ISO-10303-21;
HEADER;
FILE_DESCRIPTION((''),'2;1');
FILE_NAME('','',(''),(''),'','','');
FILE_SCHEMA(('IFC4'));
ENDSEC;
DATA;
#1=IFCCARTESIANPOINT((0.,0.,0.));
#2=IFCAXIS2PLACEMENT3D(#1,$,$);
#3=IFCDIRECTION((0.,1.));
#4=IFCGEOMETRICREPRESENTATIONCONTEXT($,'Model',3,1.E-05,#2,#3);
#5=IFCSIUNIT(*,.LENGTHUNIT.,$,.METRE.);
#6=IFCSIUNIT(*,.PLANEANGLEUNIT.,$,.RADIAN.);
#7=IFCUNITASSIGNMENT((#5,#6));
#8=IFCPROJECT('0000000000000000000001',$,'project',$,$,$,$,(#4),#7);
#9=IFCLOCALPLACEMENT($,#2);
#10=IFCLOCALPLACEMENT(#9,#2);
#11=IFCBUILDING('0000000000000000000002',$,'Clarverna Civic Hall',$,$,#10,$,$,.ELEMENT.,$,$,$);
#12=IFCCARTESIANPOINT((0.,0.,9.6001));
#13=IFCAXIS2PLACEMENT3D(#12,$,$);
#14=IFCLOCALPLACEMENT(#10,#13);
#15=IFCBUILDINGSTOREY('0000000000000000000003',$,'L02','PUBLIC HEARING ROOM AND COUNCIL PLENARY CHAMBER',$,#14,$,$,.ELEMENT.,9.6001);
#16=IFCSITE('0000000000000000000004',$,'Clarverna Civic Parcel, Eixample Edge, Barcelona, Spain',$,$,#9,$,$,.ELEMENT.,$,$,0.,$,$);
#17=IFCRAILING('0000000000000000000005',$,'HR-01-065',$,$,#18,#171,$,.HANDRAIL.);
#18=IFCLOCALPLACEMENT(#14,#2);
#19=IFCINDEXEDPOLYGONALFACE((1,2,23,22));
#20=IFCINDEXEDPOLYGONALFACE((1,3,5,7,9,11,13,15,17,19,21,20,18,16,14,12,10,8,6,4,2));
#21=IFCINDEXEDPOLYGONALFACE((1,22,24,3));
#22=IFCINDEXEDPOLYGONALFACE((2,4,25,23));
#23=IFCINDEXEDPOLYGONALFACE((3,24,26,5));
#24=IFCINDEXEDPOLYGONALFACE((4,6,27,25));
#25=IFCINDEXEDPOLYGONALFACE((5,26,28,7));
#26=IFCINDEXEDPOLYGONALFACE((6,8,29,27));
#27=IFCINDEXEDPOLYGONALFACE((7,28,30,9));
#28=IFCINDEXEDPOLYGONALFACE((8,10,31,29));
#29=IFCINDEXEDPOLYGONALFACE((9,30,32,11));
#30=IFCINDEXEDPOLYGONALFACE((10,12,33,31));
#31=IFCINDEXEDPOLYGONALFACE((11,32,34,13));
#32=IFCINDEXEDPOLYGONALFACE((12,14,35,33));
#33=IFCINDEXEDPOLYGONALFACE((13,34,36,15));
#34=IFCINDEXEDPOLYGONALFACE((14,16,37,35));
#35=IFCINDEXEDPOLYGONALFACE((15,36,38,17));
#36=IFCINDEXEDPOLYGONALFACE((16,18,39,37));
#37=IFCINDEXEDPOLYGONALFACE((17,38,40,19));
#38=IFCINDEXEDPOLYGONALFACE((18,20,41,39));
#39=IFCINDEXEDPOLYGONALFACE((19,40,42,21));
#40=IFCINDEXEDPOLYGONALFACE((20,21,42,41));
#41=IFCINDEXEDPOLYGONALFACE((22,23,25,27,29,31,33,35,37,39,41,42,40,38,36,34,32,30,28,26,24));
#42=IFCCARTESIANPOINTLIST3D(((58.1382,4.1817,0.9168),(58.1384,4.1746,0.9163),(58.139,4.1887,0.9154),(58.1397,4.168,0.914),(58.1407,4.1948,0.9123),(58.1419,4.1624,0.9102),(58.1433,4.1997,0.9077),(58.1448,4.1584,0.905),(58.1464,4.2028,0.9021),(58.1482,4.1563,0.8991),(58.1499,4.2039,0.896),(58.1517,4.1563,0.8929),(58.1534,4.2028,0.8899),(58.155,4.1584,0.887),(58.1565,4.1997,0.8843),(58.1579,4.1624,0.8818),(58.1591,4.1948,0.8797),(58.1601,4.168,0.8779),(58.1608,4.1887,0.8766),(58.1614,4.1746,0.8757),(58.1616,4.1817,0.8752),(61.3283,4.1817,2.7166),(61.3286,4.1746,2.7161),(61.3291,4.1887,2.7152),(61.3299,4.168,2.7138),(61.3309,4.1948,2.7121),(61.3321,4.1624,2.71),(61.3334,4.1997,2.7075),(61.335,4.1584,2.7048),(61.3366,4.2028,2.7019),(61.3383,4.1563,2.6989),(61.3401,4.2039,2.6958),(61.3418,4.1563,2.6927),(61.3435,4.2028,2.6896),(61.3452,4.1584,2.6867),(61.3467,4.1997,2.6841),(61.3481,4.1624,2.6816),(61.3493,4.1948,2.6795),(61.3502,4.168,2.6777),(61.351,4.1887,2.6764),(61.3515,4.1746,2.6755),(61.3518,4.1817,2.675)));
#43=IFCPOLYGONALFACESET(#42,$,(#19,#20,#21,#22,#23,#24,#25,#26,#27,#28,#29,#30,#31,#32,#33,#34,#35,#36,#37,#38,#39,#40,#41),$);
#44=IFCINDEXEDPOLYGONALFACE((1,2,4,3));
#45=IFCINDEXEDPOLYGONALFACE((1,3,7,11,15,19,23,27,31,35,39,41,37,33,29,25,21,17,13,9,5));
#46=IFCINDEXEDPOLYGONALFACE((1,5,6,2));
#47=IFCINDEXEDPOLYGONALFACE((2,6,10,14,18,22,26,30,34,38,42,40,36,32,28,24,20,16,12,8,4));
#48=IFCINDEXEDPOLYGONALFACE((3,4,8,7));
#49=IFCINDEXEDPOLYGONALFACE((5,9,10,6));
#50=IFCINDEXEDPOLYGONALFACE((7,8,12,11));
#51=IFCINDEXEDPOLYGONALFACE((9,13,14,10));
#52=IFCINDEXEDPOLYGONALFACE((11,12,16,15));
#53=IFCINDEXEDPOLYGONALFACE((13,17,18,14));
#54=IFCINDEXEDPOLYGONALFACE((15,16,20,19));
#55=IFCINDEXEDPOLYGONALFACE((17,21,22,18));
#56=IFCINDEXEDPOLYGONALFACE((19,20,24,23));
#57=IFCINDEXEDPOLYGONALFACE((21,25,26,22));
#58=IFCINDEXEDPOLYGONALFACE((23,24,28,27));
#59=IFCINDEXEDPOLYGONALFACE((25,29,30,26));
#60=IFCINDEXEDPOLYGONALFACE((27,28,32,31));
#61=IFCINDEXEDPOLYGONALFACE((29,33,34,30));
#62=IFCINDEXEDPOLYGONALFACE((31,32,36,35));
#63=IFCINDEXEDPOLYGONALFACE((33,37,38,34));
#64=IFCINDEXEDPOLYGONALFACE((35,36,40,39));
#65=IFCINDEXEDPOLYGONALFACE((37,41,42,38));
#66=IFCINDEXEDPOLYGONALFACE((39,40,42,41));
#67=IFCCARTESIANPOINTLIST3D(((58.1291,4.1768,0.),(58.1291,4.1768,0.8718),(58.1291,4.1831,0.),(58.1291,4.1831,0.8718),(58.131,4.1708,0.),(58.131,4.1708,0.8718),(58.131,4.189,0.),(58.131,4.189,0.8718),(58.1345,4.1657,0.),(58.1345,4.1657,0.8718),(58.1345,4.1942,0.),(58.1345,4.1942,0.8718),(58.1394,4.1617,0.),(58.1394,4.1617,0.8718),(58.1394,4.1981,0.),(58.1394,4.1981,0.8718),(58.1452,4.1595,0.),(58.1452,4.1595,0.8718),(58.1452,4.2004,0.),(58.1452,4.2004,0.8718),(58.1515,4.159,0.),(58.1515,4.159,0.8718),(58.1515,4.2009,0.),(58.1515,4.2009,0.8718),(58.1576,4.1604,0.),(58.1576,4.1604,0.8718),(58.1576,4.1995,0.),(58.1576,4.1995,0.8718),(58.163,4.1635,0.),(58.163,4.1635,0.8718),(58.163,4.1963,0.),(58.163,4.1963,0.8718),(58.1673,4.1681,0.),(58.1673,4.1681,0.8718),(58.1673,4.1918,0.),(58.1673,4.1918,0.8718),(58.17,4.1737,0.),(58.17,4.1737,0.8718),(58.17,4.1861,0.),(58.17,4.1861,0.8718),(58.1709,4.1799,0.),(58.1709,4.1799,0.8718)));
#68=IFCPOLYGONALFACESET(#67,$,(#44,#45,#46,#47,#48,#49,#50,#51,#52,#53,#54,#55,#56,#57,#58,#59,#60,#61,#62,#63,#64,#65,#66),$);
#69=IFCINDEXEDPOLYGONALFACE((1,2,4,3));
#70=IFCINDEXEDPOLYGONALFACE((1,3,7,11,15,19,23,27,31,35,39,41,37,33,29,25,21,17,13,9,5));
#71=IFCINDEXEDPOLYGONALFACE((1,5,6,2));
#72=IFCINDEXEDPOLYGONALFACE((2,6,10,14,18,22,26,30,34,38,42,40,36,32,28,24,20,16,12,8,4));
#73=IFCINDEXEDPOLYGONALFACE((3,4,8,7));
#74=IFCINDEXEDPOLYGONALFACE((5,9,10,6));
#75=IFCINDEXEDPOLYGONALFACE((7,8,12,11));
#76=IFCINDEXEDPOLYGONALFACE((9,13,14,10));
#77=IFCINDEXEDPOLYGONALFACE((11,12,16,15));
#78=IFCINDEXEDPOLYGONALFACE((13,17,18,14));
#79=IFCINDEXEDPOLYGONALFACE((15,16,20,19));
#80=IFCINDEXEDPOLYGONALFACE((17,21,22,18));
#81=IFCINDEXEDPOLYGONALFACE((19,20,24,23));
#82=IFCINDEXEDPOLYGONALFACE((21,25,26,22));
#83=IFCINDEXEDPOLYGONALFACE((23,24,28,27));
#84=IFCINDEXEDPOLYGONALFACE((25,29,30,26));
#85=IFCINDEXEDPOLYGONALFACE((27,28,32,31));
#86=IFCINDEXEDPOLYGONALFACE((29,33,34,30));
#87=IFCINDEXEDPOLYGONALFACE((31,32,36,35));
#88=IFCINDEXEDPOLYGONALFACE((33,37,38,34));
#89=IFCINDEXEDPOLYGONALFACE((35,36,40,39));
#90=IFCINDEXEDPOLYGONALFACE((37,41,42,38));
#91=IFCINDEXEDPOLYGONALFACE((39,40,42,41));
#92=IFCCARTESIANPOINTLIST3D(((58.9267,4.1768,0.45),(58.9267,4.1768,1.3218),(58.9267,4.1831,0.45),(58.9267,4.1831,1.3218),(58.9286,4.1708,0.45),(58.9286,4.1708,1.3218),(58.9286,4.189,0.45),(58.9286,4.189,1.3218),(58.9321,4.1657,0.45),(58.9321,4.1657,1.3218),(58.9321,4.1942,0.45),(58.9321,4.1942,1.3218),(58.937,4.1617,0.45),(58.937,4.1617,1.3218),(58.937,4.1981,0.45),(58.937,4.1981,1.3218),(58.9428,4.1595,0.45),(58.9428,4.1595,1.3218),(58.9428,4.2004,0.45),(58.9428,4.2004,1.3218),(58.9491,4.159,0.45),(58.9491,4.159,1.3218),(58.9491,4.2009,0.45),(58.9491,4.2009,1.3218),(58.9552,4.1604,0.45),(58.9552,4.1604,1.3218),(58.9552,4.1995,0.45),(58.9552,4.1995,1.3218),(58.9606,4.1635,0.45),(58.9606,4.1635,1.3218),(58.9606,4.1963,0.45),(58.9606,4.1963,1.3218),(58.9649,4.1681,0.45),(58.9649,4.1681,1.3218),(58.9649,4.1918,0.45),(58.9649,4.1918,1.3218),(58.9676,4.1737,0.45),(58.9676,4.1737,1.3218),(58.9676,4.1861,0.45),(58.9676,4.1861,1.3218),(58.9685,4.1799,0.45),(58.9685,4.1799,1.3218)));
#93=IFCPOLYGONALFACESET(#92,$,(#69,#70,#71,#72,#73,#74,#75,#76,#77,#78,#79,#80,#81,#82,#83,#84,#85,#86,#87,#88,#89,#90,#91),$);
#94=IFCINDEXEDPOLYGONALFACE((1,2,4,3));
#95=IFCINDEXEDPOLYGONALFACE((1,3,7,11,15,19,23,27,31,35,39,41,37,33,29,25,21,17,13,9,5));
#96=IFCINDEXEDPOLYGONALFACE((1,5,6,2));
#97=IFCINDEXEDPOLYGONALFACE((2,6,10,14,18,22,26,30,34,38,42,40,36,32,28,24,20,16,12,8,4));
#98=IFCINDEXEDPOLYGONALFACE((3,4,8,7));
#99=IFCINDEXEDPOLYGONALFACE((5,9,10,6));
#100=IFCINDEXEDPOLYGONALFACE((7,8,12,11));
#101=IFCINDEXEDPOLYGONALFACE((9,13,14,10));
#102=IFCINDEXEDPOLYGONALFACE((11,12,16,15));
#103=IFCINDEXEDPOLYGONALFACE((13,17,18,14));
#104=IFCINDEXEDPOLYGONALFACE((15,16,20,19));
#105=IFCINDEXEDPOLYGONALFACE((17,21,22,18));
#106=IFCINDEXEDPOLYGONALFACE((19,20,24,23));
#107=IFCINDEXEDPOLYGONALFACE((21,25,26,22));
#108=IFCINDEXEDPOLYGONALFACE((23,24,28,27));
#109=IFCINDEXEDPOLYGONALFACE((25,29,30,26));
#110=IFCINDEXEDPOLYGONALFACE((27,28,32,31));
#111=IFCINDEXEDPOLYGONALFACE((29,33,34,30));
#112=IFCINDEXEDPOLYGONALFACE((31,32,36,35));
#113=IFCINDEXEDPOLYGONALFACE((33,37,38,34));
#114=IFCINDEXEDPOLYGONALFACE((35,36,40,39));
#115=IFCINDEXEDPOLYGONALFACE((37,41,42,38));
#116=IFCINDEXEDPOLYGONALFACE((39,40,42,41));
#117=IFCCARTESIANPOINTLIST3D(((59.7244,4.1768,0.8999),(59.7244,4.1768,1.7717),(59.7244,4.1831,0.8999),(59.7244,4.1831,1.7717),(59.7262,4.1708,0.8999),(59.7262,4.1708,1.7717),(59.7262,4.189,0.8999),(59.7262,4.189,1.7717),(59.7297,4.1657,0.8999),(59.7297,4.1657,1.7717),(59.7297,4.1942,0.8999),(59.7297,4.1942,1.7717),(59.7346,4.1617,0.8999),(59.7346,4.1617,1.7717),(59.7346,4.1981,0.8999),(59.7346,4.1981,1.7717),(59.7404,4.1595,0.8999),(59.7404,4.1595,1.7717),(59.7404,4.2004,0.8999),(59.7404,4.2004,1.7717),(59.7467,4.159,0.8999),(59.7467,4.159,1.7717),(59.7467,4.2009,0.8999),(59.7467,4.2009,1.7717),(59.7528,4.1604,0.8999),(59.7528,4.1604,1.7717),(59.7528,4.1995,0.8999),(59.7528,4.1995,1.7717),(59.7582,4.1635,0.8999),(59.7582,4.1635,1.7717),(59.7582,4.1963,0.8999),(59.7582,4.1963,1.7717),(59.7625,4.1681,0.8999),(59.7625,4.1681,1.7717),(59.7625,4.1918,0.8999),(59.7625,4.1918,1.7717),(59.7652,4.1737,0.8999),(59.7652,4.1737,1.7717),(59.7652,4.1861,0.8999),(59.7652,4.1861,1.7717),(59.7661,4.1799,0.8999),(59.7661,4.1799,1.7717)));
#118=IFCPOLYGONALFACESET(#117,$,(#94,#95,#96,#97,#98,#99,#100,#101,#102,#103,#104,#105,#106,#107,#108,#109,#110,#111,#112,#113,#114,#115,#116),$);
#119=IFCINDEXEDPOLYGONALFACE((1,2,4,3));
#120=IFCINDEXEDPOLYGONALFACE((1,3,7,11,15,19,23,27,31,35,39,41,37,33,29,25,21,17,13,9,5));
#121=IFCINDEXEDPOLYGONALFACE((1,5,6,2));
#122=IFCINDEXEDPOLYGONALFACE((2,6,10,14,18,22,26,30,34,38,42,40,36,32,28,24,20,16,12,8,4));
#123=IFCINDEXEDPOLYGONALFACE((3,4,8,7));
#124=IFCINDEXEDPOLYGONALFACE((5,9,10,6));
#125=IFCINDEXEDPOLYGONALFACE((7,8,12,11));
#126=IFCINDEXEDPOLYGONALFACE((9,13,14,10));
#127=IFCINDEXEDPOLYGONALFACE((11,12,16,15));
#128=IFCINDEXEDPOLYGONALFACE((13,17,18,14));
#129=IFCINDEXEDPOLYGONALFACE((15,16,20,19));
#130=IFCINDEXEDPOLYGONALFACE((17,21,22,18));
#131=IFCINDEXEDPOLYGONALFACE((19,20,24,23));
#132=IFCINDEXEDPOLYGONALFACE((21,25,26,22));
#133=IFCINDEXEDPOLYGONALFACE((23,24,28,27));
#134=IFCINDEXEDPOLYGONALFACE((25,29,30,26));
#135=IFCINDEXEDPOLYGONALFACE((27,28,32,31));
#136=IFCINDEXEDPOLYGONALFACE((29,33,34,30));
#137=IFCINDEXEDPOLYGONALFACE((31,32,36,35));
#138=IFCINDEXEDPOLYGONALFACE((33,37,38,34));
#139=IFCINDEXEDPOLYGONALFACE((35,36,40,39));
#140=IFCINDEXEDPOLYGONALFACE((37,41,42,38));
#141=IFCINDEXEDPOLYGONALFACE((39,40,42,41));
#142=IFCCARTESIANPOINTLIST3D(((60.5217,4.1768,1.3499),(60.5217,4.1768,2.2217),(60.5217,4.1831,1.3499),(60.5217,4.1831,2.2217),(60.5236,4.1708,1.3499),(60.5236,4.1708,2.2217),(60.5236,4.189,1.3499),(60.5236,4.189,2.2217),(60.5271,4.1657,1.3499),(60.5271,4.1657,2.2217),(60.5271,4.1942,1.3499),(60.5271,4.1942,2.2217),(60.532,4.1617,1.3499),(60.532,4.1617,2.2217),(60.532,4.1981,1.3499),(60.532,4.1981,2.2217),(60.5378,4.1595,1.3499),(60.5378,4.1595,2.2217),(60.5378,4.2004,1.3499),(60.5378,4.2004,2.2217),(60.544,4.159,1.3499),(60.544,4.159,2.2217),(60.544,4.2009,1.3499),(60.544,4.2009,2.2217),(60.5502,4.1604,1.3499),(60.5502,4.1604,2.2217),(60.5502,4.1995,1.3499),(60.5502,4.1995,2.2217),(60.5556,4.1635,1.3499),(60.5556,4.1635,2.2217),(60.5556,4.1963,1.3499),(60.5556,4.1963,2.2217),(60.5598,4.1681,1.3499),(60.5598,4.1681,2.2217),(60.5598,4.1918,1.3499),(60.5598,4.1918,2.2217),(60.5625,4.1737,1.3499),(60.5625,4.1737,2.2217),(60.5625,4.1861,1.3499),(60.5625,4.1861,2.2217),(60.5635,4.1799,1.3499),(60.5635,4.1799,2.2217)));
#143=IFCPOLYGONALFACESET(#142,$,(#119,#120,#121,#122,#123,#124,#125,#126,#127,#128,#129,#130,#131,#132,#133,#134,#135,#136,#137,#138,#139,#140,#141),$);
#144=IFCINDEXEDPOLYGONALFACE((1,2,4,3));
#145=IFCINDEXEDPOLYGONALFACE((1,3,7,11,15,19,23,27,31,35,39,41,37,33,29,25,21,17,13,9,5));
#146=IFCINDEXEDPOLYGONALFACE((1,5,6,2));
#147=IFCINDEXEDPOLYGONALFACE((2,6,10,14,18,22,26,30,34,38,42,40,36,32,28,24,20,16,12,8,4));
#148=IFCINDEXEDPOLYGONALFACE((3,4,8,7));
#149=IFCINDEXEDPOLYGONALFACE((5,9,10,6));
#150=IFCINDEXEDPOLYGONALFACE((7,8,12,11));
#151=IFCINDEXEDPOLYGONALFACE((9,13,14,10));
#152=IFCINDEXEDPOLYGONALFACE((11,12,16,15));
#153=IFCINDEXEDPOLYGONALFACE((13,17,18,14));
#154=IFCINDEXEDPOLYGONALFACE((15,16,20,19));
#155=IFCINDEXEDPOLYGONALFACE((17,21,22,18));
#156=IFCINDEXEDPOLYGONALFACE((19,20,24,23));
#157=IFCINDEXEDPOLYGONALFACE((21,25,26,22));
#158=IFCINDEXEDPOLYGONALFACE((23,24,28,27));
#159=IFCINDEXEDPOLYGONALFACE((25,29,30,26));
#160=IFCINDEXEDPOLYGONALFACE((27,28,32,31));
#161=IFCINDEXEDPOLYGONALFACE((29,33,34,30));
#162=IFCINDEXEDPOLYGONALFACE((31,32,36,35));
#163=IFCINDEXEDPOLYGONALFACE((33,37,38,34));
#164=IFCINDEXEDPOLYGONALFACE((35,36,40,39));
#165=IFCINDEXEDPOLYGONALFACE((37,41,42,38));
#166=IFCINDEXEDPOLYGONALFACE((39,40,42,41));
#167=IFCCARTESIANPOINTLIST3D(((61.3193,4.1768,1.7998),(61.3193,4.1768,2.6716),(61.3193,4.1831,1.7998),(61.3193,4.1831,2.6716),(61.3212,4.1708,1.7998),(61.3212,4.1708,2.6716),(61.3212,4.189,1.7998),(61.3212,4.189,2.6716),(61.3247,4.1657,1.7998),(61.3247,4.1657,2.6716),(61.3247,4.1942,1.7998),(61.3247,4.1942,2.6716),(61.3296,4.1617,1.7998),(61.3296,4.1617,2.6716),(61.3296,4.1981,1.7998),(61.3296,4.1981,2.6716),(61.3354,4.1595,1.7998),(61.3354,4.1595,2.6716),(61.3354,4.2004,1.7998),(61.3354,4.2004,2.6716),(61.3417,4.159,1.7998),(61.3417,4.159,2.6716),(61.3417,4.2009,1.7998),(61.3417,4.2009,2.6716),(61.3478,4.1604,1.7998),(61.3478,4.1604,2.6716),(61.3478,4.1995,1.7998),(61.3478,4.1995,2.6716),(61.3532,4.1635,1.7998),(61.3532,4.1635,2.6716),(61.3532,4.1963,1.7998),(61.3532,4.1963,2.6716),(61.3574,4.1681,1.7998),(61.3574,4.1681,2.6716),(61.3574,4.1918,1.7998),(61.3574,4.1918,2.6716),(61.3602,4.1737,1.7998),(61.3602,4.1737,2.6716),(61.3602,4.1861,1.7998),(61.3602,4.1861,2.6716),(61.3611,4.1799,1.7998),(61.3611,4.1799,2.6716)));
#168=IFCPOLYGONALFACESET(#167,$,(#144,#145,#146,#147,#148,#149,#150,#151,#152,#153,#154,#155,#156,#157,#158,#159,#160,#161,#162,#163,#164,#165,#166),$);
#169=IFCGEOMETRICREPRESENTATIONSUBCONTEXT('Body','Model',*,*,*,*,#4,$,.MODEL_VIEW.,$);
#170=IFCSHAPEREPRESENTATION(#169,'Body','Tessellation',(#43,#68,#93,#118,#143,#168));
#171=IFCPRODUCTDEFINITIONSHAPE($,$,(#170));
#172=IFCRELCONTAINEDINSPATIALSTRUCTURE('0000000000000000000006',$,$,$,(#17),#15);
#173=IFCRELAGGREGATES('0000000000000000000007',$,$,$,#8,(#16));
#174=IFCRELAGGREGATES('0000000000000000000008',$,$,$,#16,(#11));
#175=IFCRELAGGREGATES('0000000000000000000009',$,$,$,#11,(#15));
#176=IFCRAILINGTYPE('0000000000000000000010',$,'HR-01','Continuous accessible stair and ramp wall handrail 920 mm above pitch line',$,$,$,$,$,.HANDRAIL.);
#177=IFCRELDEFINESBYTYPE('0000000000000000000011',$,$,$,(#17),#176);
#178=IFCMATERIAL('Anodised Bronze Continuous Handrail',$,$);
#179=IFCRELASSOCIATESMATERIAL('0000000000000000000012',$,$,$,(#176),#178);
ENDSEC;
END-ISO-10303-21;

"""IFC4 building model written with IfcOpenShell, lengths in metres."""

from ifc_helpers import new_model, si_unit, direction, frame, origin, origin_2d, place, context, subcontext, project, spatial, circle, extrude, material, type_object, element, save


model = new_model("IFC4")

# Units and contexts
model_context = context("Model", 3, precision=1e-05, world=origin(), true_north=direction((0.0, 1.0)))
body_context = subcontext(model_context, "Body", "Model", "MODEL_VIEW")
ifc_project = project(units=[si_unit("LENGTHUNIT", "METRE"), si_unit("PLANEANGLEUNIT", "RADIAN")], contexts=[model_context])

# Site, building, storey
site_placement = place(None, origin())
site = spatial("IfcSite", under=ifc_project, at=site_placement, Name="Clarverna Civic Parcel, Eixample Edge, Barcelona, Spain", CompositionType="ELEMENT", RefElevation=0.0)
building_placement = place(site_placement, origin())
building = spatial("IfcBuilding", under=site, at=building_placement, Name="Clarverna Civic Hall", CompositionType="ELEMENT")
storey_placement = place(building_placement, frame((0.0, 0.0, 9.6001)))
storey = spatial("IfcBuildingStorey", under=building, at=storey_placement, Name="L02", Description="PUBLIC HEARING ROOM AND COUNCIL PLENARY CHAMBER", CompositionType="ELEMENT", Elevation=9.6001)

# Railing
ifc_material_1 = material(Name="Anodised Bronze Continuous Handrail")
railing_type_1 = type_object("IfcRailingType", Name="HR-01", Description="Continuous accessible stair and ramp wall handrail 920 mm above pitch line", PredefinedType="HANDRAIL", material=ifc_material_1)
railing_1_placement = place(storey_placement, frame((58.1499, 4.1799, 0.0)))
element("IfcRailing", 1, at=railing_1_placement, inside=storey, type_object=railing_type_1, Name="HR-01-065", PredefinedType="HANDRAIL", context=body_context, shape_type="SweptSolid", body=[
    extrude(circle(Radius=0.0239, at=origin_2d()), frame((0.0, 0.0, 0.896), z_axis=(0.870954, 0.0, 0.491365), x_axis=(0.0, 1.0, 0.0)), (0.0, 0.0, 1.0), 3.6628),
    extrude(circle(Radius=0.021, at=origin_2d()), origin(), (0.0, 0.0, 1.0), 0.8718),
    extrude(circle(Radius=0.021, at=origin_2d()), frame((0.7976, 0.0, 0.45)), (0.0, 0.0, 1.0), 0.8718),
    extrude(circle(Radius=0.021, at=origin_2d()), frame((1.5952, 0.0, 0.8999)), (0.0, 0.0, 1.0), 0.8718),
    extrude(circle(Radius=0.021, at=origin_2d()), frame((2.3926, 0.0, 1.3499)), (0.0, 0.0, 1.0), 0.8718),
    extrude(circle(Radius=0.021, at=origin_2d()), frame((3.1902, 0.0, 1.7998)), (0.0, 0.0, 1.0), 0.8718),
])

save(model, "model.ifc")
